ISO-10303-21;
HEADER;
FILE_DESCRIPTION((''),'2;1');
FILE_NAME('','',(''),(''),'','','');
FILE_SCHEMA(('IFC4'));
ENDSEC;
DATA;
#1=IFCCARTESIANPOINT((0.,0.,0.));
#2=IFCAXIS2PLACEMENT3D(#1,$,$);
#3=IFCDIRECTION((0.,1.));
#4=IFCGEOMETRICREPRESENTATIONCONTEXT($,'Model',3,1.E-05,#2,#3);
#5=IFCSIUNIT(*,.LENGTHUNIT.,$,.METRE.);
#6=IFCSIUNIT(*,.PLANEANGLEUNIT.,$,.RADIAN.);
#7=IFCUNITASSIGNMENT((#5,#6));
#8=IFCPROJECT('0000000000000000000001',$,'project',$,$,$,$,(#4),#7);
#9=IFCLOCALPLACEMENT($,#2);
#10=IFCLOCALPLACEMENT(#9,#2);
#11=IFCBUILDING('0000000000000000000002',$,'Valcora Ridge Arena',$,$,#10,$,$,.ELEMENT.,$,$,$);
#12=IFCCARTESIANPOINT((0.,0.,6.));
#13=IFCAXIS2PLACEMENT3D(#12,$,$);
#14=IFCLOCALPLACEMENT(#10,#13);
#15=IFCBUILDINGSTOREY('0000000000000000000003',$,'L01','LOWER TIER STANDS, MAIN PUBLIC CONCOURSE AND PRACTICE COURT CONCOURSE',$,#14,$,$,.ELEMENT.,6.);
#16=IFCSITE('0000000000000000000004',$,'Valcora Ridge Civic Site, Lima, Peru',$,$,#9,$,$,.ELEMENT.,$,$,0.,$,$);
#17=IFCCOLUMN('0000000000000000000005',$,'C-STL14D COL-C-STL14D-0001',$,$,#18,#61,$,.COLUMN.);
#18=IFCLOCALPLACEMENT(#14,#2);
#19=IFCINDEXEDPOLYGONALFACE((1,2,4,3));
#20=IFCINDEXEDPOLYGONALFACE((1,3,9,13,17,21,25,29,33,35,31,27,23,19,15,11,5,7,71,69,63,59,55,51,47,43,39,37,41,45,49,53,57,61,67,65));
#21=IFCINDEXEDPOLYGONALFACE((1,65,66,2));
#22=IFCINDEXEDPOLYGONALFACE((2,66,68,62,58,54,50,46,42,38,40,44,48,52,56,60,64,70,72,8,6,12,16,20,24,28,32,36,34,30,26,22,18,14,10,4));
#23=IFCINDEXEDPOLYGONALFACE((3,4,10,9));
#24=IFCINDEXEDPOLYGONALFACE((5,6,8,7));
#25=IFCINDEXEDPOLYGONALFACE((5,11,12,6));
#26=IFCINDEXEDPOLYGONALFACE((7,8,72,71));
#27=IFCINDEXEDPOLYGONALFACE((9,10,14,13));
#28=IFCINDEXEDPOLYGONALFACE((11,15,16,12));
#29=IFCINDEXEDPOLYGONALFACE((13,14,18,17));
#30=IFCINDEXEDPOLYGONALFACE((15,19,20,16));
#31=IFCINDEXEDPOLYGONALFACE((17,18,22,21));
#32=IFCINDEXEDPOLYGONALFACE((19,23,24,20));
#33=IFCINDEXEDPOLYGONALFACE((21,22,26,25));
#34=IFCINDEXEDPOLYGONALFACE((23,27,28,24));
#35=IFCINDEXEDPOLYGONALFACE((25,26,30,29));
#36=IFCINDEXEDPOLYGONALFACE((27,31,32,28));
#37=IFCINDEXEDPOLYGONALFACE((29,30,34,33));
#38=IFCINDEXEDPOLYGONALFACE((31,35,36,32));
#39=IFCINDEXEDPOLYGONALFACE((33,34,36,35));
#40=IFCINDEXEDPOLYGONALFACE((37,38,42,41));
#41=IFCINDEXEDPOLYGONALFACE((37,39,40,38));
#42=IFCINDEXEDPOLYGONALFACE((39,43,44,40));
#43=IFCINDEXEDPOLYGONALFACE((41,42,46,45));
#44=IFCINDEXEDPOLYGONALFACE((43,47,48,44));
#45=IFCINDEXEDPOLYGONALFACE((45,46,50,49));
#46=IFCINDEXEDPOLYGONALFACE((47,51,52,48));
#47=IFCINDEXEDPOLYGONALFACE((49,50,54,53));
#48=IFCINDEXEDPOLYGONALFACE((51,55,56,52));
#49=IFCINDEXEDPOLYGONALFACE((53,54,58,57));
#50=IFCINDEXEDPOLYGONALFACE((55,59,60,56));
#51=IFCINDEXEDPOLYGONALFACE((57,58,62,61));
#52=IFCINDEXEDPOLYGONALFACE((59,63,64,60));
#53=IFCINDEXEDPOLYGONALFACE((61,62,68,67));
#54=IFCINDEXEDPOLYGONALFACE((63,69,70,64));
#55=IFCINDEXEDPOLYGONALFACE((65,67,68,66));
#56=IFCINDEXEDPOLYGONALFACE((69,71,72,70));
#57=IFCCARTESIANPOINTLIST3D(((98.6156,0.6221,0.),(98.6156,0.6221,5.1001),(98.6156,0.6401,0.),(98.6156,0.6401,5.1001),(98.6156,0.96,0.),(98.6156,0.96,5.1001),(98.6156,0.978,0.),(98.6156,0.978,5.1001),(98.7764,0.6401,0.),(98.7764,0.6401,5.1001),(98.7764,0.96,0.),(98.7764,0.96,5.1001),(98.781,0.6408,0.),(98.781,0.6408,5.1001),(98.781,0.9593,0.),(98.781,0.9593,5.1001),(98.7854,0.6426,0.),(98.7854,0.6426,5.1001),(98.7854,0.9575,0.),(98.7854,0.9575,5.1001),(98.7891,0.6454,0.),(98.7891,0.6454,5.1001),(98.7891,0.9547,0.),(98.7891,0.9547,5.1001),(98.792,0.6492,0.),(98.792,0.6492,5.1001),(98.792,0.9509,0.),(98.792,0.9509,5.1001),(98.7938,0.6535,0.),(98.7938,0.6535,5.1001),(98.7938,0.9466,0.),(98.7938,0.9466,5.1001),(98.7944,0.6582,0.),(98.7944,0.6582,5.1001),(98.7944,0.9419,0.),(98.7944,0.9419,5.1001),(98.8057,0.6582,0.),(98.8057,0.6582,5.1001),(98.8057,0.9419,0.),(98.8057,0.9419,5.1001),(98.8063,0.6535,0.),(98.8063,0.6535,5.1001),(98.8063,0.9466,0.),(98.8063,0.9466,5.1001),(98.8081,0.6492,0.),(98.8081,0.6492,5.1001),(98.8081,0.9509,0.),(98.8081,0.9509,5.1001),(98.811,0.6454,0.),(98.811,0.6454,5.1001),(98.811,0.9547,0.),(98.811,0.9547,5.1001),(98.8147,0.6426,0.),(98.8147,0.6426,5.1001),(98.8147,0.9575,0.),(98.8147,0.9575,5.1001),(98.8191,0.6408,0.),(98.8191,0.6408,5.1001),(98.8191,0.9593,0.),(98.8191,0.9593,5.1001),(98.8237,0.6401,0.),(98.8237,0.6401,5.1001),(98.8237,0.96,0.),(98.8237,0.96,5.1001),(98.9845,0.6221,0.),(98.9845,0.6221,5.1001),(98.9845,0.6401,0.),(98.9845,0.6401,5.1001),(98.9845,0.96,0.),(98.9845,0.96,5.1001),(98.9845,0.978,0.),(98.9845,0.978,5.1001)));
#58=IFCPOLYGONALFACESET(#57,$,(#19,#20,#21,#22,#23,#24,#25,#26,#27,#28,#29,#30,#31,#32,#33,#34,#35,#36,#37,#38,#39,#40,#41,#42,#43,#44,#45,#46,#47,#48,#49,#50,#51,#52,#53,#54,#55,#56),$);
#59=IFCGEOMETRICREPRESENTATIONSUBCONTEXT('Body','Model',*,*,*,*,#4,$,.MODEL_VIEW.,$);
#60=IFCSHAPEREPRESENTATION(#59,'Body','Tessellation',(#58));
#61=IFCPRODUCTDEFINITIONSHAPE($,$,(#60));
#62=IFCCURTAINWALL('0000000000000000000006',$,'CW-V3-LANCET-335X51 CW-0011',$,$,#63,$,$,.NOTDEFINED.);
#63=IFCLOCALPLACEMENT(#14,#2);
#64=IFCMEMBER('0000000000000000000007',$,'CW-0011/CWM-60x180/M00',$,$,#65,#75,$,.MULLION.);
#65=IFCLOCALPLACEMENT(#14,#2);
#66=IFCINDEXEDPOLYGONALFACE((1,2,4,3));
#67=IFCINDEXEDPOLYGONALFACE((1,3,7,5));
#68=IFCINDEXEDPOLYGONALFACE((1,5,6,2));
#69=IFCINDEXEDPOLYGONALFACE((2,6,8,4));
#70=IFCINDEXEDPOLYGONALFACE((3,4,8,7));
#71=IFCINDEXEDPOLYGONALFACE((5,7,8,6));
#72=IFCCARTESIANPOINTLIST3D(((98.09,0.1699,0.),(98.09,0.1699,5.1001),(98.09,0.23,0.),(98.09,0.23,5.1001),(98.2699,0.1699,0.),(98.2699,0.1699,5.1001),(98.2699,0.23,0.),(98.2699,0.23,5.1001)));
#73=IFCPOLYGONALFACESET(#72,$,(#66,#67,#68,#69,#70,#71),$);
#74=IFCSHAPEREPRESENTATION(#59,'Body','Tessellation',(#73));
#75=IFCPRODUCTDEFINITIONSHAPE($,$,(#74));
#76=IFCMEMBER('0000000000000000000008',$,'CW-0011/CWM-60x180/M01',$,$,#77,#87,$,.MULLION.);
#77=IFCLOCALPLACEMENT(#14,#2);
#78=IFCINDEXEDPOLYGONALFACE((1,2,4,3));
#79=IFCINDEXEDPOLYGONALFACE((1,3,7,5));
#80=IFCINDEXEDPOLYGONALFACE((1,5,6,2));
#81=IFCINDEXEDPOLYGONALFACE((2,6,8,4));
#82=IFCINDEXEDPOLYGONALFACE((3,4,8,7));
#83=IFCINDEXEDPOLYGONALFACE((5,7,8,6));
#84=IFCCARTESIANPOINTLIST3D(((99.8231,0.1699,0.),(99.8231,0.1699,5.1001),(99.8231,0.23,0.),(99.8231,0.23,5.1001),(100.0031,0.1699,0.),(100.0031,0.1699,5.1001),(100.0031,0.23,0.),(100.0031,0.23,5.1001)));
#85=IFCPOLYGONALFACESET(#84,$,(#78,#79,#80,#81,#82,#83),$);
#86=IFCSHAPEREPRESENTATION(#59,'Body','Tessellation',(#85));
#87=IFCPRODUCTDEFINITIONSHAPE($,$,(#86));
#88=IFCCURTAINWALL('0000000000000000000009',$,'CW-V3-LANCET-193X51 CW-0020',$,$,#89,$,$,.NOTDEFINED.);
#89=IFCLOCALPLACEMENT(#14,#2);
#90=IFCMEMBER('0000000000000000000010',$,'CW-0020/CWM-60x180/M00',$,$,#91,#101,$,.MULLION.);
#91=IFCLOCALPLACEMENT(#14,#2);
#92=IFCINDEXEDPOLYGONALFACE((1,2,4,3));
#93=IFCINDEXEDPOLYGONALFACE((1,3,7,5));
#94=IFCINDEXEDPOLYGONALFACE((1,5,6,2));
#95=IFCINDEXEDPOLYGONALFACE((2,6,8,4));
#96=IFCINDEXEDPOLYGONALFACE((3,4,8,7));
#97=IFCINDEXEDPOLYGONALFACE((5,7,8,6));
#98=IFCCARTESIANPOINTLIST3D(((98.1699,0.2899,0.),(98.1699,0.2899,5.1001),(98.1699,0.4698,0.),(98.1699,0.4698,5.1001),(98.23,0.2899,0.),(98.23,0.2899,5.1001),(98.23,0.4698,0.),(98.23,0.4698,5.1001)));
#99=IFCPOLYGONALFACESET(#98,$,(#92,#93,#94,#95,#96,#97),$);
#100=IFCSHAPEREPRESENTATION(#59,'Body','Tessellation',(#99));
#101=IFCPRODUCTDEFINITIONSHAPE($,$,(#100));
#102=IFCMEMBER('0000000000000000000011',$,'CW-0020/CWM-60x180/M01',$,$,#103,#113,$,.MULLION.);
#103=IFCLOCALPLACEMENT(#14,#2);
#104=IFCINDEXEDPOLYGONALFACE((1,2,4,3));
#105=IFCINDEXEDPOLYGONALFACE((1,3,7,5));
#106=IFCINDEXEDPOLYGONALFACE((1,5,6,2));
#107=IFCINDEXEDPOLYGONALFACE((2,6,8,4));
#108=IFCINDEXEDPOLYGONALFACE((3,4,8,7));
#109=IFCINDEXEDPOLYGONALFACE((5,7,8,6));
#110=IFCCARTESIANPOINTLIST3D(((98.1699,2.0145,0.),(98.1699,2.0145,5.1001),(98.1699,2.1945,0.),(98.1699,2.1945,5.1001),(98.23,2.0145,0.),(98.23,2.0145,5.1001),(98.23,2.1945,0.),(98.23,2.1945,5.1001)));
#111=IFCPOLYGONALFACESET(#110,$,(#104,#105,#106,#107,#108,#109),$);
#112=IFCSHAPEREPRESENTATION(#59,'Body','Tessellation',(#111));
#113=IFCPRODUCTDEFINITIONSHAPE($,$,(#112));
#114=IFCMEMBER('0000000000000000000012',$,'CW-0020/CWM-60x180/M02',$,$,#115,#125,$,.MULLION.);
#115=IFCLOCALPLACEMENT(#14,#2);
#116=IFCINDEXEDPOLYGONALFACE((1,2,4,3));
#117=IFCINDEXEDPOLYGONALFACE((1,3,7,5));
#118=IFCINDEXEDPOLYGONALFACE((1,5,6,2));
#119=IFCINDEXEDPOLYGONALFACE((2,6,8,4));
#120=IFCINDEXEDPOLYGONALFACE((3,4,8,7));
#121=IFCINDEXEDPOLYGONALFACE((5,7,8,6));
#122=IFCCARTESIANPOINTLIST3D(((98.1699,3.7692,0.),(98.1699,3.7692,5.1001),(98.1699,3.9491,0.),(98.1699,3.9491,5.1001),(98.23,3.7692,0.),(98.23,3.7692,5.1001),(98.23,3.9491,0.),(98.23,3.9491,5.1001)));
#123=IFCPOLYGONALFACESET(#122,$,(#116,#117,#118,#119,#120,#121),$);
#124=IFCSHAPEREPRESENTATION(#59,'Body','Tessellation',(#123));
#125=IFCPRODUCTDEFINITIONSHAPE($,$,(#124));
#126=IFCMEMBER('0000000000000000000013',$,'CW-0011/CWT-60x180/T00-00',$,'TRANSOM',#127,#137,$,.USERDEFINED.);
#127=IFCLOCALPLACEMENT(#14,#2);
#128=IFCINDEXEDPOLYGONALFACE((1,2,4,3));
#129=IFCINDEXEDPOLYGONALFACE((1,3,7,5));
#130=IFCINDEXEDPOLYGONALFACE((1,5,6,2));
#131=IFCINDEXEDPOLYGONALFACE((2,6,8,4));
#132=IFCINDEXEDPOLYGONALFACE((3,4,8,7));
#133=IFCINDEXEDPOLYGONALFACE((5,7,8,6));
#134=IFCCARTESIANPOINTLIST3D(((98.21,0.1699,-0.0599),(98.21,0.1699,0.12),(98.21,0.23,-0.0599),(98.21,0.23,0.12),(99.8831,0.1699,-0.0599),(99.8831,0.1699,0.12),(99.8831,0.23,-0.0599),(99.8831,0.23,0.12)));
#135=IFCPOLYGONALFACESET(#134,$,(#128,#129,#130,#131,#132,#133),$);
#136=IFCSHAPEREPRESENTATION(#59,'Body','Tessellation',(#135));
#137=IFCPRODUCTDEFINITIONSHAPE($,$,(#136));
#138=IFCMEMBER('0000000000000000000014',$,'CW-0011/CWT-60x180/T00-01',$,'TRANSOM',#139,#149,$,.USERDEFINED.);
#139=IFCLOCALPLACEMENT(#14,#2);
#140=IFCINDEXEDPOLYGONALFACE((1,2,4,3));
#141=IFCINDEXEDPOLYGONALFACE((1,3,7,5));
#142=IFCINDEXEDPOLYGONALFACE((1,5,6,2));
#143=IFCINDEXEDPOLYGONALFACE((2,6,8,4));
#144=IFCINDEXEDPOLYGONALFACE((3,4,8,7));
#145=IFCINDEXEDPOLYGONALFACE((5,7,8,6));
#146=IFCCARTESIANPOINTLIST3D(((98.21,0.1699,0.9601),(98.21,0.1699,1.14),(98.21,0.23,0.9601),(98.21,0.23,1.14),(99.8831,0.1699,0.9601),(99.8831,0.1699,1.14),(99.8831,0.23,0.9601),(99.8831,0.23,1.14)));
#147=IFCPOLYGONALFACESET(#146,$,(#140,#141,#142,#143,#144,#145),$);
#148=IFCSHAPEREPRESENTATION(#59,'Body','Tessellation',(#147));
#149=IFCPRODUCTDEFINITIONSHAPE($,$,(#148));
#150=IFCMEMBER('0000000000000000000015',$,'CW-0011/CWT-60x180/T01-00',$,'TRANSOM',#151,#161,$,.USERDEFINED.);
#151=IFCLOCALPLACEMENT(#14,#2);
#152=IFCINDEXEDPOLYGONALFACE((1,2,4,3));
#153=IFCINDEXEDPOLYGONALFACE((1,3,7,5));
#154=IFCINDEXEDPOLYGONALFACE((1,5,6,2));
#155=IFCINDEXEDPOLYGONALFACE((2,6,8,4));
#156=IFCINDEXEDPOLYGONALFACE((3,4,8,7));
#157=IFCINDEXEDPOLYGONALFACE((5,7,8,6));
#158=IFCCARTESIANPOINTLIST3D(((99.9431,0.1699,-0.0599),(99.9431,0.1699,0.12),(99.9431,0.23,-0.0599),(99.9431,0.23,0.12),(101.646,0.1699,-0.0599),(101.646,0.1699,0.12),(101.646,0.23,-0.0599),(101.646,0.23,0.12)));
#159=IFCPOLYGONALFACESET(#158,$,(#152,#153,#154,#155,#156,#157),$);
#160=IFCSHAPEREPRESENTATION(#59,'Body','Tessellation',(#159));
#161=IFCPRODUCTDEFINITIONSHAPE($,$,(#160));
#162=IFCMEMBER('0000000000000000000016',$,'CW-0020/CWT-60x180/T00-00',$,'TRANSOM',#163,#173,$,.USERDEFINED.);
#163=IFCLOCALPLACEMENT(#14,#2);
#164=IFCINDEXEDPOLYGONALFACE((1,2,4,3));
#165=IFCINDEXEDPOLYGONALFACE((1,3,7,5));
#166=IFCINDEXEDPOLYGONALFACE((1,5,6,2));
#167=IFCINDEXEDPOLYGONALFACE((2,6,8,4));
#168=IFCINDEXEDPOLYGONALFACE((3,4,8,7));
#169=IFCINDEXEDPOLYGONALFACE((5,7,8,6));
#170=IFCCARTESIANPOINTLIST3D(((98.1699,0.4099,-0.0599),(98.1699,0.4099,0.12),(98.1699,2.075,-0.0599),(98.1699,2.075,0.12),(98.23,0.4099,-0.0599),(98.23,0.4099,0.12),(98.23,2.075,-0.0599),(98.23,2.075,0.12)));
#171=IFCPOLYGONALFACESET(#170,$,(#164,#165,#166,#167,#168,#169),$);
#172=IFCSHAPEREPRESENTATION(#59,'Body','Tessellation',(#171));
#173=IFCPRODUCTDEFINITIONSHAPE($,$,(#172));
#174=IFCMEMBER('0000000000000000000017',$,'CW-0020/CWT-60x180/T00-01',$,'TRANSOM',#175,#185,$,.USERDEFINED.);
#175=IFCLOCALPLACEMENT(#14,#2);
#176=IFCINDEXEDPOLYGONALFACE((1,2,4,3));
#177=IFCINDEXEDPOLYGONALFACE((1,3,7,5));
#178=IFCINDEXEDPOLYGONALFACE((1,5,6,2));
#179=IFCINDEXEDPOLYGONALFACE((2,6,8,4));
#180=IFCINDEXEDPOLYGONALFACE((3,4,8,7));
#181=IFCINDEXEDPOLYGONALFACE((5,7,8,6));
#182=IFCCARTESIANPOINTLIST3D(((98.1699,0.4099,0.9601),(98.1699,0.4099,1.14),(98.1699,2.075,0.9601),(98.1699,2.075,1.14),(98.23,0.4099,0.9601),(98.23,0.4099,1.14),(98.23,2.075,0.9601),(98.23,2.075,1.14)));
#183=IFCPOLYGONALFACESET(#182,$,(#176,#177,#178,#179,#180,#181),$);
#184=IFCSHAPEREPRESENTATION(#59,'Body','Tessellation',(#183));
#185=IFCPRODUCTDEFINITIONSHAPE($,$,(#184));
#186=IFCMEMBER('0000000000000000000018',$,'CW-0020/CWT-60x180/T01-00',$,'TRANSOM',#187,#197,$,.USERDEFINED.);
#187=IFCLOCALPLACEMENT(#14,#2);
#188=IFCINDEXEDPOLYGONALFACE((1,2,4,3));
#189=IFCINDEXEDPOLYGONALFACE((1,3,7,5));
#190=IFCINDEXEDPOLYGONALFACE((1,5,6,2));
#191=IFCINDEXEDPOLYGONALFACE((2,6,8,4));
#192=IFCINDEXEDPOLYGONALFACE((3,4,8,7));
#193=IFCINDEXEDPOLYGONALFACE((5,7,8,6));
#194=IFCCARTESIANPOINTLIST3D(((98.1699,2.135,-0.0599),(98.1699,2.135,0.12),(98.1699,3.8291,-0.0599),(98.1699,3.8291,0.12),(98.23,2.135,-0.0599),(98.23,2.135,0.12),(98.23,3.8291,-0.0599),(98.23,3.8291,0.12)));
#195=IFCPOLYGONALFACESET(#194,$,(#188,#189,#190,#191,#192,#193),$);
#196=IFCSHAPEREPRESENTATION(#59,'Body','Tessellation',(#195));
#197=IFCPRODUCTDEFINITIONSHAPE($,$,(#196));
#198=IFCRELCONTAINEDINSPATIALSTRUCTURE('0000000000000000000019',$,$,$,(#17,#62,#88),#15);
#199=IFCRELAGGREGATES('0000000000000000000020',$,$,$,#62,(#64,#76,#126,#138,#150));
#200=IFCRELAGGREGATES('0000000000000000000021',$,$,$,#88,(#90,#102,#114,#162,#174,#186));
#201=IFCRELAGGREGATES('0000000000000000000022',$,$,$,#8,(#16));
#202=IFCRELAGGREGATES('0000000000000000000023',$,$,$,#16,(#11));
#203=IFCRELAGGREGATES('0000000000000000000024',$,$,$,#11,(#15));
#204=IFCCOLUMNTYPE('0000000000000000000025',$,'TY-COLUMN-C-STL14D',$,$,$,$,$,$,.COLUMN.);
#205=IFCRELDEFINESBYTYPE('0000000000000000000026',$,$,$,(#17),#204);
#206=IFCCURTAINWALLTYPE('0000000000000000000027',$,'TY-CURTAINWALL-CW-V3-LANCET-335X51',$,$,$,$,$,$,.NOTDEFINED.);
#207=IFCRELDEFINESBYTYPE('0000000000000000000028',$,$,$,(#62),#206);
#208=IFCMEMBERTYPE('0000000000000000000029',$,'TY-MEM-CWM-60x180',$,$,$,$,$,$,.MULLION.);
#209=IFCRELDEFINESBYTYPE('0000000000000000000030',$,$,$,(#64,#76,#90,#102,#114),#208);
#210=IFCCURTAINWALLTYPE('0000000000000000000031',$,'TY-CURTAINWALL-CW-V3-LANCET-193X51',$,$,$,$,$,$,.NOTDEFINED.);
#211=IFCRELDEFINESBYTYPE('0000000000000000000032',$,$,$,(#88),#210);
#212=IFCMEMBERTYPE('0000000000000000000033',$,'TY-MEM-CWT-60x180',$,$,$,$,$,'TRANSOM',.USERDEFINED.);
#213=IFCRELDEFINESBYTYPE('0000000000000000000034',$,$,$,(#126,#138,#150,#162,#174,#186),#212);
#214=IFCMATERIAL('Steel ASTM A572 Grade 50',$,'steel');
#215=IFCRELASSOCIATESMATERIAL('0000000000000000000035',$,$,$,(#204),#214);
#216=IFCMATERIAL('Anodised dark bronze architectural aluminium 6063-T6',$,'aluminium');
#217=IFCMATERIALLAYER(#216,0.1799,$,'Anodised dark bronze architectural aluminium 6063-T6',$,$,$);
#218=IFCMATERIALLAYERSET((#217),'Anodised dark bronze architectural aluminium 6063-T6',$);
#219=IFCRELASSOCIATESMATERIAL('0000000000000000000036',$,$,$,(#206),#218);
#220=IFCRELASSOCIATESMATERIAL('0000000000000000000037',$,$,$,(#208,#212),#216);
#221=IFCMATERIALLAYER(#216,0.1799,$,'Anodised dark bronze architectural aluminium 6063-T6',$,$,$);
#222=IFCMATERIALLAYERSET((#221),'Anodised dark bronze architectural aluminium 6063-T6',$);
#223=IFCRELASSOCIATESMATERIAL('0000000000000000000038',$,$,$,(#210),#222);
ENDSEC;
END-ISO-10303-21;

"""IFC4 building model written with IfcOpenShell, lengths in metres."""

from ifc_helpers import new_model, si_unit, direction, frame, origin, origin_2d, place, context, subcontext, project, spatial, rectangle, i_section, extrude, material, layer, layer_set, material_profile, profile_set, type_object, element, aggregate, save


model = new_model("IFC4")

# Units and contexts
model_context = context("Model", 3, precision=1e-05, world=origin(), true_north=direction((0.0, 1.0)))
body_context = subcontext(model_context, "Body", "Model", "MODEL_VIEW")
ifc_project = project(units=[si_unit("LENGTHUNIT", "METRE"), si_unit("PLANEANGLEUNIT", "RADIAN")], contexts=[model_context])

# Site, building, storey
site_placement = place(None, origin())
site = spatial("IfcSite", under=ifc_project, at=site_placement, Name="Valcora Ridge Civic Site, Lima, Peru", CompositionType="ELEMENT", RefElevation=0.0)
building_placement = place(site_placement, origin())
building = spatial("IfcBuilding", under=site, at=building_placement, Name="Valcora Ridge Arena", CompositionType="ELEMENT")
storey_placement = place(building_placement, frame((0.0, 0.0, 6.0)))
storey = spatial("IfcBuildingStorey", under=building, at=storey_placement, Name="L01", Description="LOWER TIER STANDS, MAIN PUBLIC CONCOURSE AND PRACTICE COURT CONCOURSE", CompositionType="ELEMENT", Elevation=6.0)

# Column
ifc_material_1 = material(Name="Steel ASTM A572 Grade 50", Category="steel")
ifc_material_profile_1 = material_profile(ifc_material_1, i_section(OverallWidth=0.3689, OverallDepth=0.356, WebThickness=0.0112, FlangeThickness=0.0181, FilletRadius=0.0181, at=origin_2d()), Name="W14X90")
ifc_profile_set_1 = profile_set([ifc_material_profile_1], Name="Steel ASTM A572 Grade 50")
column_type = type_object("IfcColumnType", Name="TY-COLUMN-C-STL14D", PredefinedType="COLUMN", material=ifc_profile_set_1)
column_placement = place(storey_placement, frame((98.8, 0.8, 0.0), z_axis=(0.0, 0.0, 1.0), x_axis=(1.0, 0.0, 0.0)))
element("IfcColumn", 1, at=column_placement, inside=storey, type_object=column_type, Name="C-STL14D COL-C-STL14D-0001", PredefinedType="COLUMN", context=body_context, shape_type="SweptSolid", body=[
    extrude(i_section(OverallWidth=0.3689, OverallDepth=0.356, WebThickness=0.0112, FlangeThickness=0.0181, FilletRadius=0.0181, at=origin_2d()), origin(), (0.0, 0.0, 1.0), 5.1001),
])

# Curtain walls, members
ifc_material_2 = material(Name="Anodised dark bronze architectural aluminium 6063-T6", Category="aluminium")
ifc_layer_1 = layer(ifc_material_2, 0.1799, Name="Anodised dark bronze architectural aluminium 6063-T6")
ifc_layer_set_1 = layer_set([ifc_layer_1], Name="Anodised dark bronze architectural aluminium 6063-T6")
curtain_wall_type_1 = type_object("IfcCurtainWallType", Name="TY-CURTAINWALL-CW-V3-LANCET-335X51", PredefinedType="NOTDEFINED", material=ifc_layer_set_1)
curtain_wall_1_placement = place(storey_placement, origin())
curtain_wall_1 = element("IfcCurtainWall", 2, at=curtain_wall_1_placement, inside=storey, type_object=curtain_wall_type_1, Name="CW-V3-LANCET-335X51 CW-0011", PredefinedType="NOTDEFINED")
ifc_material_profile_2 = material_profile(ifc_material_2, rectangle(XDim=0.0601, YDim=0.1799, at=origin_2d()), Name="ALU MULLION 60x180")
ifc_profile_set_2 = profile_set([ifc_material_profile_2], Name="Anodised dark bronze architectural aluminium 6063-T6")
member_type_1 = type_object("IfcMemberType", Name="TY-MEM-CWM-60x180", PredefinedType="MULLION", material=ifc_profile_set_2)
member_1_placement = place(storey_placement, frame((98.1799, 0.2, 0.0), z_axis=(0.0, 0.0, 1.0), x_axis=(0.0, 1.0, 0.0)))
member_1 = element("IfcMember", 3, at=member_1_placement, type_object=member_type_1, Name="CW-0011/CWM-60x180/M00", PredefinedType="MULLION", context=body_context, shape_type="SweptSolid", body=[
    extrude(rectangle(XDim=0.0601, YDim=0.1799, at=origin_2d()), origin(), (0.0, 0.0, 1.0), 5.1001),
])
member_2_placement = place(storey_placement, frame((99.9131, 0.2, 0.0), z_axis=(0.0, 0.0, 1.0), x_axis=(0.0, 1.0, 0.0)))
member_2 = element("IfcMember", 4, at=member_2_placement, type_object=member_type_1, Name="CW-0011/CWM-60x180/M01", PredefinedType="MULLION", context=body_context, shape_type="SweptSolid", body=[
    extrude(rectangle(XDim=0.0601, YDim=0.1799, at=origin_2d()), origin(), (0.0, 0.0, 1.0), 5.1001),
])
ifc_layer_2 = layer(ifc_material_2, 0.1799, Name="Anodised dark bronze architectural aluminium 6063-T6")
ifc_layer_set_2 = layer_set([ifc_layer_2], Name="Anodised dark bronze architectural aluminium 6063-T6")
curtain_wall_type_2 = type_object("IfcCurtainWallType", Name="TY-CURTAINWALL-CW-V3-LANCET-193X51", PredefinedType="NOTDEFINED", material=ifc_layer_set_2)
curtain_wall_2_placement = place(storey_placement, origin())
curtain_wall_2 = element("IfcCurtainWall", 5, at=curtain_wall_2_placement, inside=storey, type_object=curtain_wall_type_2, Name="CW-V3-LANCET-193X51 CW-0020", PredefinedType="NOTDEFINED")
member_3_placement = place(storey_placement, frame((98.2, 0.3799, 0.0), z_axis=(0.0, 0.0, 1.0), x_axis=(-1.0, 0.0, 0.0)))
member_3 = element("IfcMember", 6, at=member_3_placement, type_object=member_type_1, Name="CW-0020/CWM-60x180/M00", PredefinedType="MULLION", context=body_context, shape_type="SweptSolid", body=[
    extrude(rectangle(XDim=0.0601, YDim=0.1799, at=origin_2d()), origin(), (0.0, 0.0, 1.0), 5.1001),
])
member_4_placement = place(storey_placement, frame((98.2, 2.1045, 0.0), z_axis=(0.0, 0.0, 1.0), x_axis=(-1.0, 0.0, 0.0)))
member_4 = element("IfcMember", 7, at=member_4_placement, type_object=member_type_1, Name="CW-0020/CWM-60x180/M01", PredefinedType="MULLION", context=body_context, shape_type="SweptSolid", body=[
    extrude(rectangle(XDim=0.0601, YDim=0.1799, at=origin_2d()), origin(), (0.0, 0.0, 1.0), 5.1001),
])
member_5_placement = place(storey_placement, frame((98.2, 3.8591, 0.0), z_axis=(0.0, 0.0, 1.0), x_axis=(-1.0, 0.0, 0.0)))
member_5 = element("IfcMember", 8, at=member_5_placement, type_object=member_type_1, Name="CW-0020/CWM-60x180/M02", PredefinedType="MULLION", context=body_context, shape_type="SweptSolid", body=[
    extrude(rectangle(XDim=0.0601, YDim=0.1799, at=origin_2d()), origin(), (0.0, 0.0, 1.0), 5.1001),
])

# Members
ifc_material_profile_3 = material_profile(ifc_material_2, rectangle(XDim=0.0601, YDim=0.1799, at=origin_2d()), Name="ALU TRANSOM 60x180")
ifc_profile_set_3 = profile_set([ifc_material_profile_3], Name="Anodised dark bronze architectural aluminium 6063-T6")
member_type_2 = type_object("IfcMemberType", Name="TY-MEM-CWT-60x180", ElementType="TRANSOM", PredefinedType="USERDEFINED", material=ifc_profile_set_3)
member_6_placement = place(storey_placement, frame((98.21, 0.2, 0.03), z_axis=(1.0, 0.0, 0.0), x_axis=(0.0, 1.0, 0.0)))
member_6 = element("IfcMember", 9, at=member_6_placement, type_object=member_type_2, Name="CW-0011/CWT-60x180/T00-00", ObjectType="TRANSOM", PredefinedType="USERDEFINED", context=body_context, shape_type="SweptSolid", body=[
    extrude(rectangle(XDim=0.0601, YDim=0.1799, at=origin_2d()), origin(), (0.0, 0.0, 1.0), 1.6731),
])
member_7_placement = place(storey_placement, frame((98.21, 0.2, 1.05), z_axis=(1.0, 0.0, 0.0), x_axis=(0.0, 1.0, 0.0)))
member_7 = element("IfcMember", 10, at=member_7_placement, type_object=member_type_2, Name="CW-0011/CWT-60x180/T00-01", ObjectType="TRANSOM", PredefinedType="USERDEFINED", context=body_context, shape_type="SweptSolid", body=[
    extrude(rectangle(XDim=0.0601, YDim=0.1799, at=origin_2d()), origin(), (0.0, 0.0, 1.0), 1.6731),
])
member_8_placement = place(storey_placement, frame((99.9431, 0.2, 0.03), z_axis=(1.0, 0.0, 0.0), x_axis=(0.0, 1.0, 0.0)))
member_8 = element("IfcMember", 11, at=member_8_placement, type_object=member_type_2, Name="CW-0011/CWT-60x180/T01-00", ObjectType="TRANSOM", PredefinedType="USERDEFINED", context=body_context, shape_type="SweptSolid", body=[
    extrude(rectangle(XDim=0.0601, YDim=0.1799, at=origin_2d()), origin(), (0.0, 0.0, 1.0), 1.7029),
])
member_9_placement = place(storey_placement, frame((98.2, 0.4099, 0.03), z_axis=(0.0, 1.0, 0.0), x_axis=(-1.0, 0.0, 0.0)))
member_9 = element("IfcMember", 12, at=member_9_placement, type_object=member_type_2, Name="CW-0020/CWT-60x180/T00-00", ObjectType="TRANSOM", PredefinedType="USERDEFINED", context=body_context, shape_type="SweptSolid", body=[
    extrude(rectangle(XDim=0.0601, YDim=0.1799, at=origin_2d()), origin(), (0.0, 0.0, 1.0), 1.665),
])
member_10_placement = place(storey_placement, frame((98.2, 0.4099, 1.05), z_axis=(0.0, 1.0, 0.0), x_axis=(-1.0, 0.0, 0.0)))
member_10 = element("IfcMember", 13, at=member_10_placement, type_object=member_type_2, Name="CW-0020/CWT-60x180/T00-01", ObjectType="TRANSOM", PredefinedType="USERDEFINED", context=body_context, shape_type="SweptSolid", body=[
    extrude(rectangle(XDim=0.0601, YDim=0.1799, at=origin_2d()), origin(), (0.0, 0.0, 1.0), 1.665),
])
member_11_placement = place(storey_placement, frame((98.2, 2.135, 0.03), z_axis=(0.0, 1.0, 0.0), x_axis=(-1.0, 0.0, 0.0)))
member_11 = element("IfcMember", 14, at=member_11_placement, type_object=member_type_2, Name="CW-0020/CWT-60x180/T01-00", ObjectType="TRANSOM", PredefinedType="USERDEFINED", context=body_context, shape_type="SweptSolid", body=[
    extrude(rectangle(XDim=0.0601, YDim=0.1799, at=origin_2d()), origin(), (0.0, 0.0, 1.0), 1.6941),
])

aggregate(curtain_wall_1, [member_1, member_2, member_6, member_7, member_8])
aggregate(curtain_wall_2, [member_3, member_4, member_5, member_9, member_10, member_11])

save(model, "model.ifc")
